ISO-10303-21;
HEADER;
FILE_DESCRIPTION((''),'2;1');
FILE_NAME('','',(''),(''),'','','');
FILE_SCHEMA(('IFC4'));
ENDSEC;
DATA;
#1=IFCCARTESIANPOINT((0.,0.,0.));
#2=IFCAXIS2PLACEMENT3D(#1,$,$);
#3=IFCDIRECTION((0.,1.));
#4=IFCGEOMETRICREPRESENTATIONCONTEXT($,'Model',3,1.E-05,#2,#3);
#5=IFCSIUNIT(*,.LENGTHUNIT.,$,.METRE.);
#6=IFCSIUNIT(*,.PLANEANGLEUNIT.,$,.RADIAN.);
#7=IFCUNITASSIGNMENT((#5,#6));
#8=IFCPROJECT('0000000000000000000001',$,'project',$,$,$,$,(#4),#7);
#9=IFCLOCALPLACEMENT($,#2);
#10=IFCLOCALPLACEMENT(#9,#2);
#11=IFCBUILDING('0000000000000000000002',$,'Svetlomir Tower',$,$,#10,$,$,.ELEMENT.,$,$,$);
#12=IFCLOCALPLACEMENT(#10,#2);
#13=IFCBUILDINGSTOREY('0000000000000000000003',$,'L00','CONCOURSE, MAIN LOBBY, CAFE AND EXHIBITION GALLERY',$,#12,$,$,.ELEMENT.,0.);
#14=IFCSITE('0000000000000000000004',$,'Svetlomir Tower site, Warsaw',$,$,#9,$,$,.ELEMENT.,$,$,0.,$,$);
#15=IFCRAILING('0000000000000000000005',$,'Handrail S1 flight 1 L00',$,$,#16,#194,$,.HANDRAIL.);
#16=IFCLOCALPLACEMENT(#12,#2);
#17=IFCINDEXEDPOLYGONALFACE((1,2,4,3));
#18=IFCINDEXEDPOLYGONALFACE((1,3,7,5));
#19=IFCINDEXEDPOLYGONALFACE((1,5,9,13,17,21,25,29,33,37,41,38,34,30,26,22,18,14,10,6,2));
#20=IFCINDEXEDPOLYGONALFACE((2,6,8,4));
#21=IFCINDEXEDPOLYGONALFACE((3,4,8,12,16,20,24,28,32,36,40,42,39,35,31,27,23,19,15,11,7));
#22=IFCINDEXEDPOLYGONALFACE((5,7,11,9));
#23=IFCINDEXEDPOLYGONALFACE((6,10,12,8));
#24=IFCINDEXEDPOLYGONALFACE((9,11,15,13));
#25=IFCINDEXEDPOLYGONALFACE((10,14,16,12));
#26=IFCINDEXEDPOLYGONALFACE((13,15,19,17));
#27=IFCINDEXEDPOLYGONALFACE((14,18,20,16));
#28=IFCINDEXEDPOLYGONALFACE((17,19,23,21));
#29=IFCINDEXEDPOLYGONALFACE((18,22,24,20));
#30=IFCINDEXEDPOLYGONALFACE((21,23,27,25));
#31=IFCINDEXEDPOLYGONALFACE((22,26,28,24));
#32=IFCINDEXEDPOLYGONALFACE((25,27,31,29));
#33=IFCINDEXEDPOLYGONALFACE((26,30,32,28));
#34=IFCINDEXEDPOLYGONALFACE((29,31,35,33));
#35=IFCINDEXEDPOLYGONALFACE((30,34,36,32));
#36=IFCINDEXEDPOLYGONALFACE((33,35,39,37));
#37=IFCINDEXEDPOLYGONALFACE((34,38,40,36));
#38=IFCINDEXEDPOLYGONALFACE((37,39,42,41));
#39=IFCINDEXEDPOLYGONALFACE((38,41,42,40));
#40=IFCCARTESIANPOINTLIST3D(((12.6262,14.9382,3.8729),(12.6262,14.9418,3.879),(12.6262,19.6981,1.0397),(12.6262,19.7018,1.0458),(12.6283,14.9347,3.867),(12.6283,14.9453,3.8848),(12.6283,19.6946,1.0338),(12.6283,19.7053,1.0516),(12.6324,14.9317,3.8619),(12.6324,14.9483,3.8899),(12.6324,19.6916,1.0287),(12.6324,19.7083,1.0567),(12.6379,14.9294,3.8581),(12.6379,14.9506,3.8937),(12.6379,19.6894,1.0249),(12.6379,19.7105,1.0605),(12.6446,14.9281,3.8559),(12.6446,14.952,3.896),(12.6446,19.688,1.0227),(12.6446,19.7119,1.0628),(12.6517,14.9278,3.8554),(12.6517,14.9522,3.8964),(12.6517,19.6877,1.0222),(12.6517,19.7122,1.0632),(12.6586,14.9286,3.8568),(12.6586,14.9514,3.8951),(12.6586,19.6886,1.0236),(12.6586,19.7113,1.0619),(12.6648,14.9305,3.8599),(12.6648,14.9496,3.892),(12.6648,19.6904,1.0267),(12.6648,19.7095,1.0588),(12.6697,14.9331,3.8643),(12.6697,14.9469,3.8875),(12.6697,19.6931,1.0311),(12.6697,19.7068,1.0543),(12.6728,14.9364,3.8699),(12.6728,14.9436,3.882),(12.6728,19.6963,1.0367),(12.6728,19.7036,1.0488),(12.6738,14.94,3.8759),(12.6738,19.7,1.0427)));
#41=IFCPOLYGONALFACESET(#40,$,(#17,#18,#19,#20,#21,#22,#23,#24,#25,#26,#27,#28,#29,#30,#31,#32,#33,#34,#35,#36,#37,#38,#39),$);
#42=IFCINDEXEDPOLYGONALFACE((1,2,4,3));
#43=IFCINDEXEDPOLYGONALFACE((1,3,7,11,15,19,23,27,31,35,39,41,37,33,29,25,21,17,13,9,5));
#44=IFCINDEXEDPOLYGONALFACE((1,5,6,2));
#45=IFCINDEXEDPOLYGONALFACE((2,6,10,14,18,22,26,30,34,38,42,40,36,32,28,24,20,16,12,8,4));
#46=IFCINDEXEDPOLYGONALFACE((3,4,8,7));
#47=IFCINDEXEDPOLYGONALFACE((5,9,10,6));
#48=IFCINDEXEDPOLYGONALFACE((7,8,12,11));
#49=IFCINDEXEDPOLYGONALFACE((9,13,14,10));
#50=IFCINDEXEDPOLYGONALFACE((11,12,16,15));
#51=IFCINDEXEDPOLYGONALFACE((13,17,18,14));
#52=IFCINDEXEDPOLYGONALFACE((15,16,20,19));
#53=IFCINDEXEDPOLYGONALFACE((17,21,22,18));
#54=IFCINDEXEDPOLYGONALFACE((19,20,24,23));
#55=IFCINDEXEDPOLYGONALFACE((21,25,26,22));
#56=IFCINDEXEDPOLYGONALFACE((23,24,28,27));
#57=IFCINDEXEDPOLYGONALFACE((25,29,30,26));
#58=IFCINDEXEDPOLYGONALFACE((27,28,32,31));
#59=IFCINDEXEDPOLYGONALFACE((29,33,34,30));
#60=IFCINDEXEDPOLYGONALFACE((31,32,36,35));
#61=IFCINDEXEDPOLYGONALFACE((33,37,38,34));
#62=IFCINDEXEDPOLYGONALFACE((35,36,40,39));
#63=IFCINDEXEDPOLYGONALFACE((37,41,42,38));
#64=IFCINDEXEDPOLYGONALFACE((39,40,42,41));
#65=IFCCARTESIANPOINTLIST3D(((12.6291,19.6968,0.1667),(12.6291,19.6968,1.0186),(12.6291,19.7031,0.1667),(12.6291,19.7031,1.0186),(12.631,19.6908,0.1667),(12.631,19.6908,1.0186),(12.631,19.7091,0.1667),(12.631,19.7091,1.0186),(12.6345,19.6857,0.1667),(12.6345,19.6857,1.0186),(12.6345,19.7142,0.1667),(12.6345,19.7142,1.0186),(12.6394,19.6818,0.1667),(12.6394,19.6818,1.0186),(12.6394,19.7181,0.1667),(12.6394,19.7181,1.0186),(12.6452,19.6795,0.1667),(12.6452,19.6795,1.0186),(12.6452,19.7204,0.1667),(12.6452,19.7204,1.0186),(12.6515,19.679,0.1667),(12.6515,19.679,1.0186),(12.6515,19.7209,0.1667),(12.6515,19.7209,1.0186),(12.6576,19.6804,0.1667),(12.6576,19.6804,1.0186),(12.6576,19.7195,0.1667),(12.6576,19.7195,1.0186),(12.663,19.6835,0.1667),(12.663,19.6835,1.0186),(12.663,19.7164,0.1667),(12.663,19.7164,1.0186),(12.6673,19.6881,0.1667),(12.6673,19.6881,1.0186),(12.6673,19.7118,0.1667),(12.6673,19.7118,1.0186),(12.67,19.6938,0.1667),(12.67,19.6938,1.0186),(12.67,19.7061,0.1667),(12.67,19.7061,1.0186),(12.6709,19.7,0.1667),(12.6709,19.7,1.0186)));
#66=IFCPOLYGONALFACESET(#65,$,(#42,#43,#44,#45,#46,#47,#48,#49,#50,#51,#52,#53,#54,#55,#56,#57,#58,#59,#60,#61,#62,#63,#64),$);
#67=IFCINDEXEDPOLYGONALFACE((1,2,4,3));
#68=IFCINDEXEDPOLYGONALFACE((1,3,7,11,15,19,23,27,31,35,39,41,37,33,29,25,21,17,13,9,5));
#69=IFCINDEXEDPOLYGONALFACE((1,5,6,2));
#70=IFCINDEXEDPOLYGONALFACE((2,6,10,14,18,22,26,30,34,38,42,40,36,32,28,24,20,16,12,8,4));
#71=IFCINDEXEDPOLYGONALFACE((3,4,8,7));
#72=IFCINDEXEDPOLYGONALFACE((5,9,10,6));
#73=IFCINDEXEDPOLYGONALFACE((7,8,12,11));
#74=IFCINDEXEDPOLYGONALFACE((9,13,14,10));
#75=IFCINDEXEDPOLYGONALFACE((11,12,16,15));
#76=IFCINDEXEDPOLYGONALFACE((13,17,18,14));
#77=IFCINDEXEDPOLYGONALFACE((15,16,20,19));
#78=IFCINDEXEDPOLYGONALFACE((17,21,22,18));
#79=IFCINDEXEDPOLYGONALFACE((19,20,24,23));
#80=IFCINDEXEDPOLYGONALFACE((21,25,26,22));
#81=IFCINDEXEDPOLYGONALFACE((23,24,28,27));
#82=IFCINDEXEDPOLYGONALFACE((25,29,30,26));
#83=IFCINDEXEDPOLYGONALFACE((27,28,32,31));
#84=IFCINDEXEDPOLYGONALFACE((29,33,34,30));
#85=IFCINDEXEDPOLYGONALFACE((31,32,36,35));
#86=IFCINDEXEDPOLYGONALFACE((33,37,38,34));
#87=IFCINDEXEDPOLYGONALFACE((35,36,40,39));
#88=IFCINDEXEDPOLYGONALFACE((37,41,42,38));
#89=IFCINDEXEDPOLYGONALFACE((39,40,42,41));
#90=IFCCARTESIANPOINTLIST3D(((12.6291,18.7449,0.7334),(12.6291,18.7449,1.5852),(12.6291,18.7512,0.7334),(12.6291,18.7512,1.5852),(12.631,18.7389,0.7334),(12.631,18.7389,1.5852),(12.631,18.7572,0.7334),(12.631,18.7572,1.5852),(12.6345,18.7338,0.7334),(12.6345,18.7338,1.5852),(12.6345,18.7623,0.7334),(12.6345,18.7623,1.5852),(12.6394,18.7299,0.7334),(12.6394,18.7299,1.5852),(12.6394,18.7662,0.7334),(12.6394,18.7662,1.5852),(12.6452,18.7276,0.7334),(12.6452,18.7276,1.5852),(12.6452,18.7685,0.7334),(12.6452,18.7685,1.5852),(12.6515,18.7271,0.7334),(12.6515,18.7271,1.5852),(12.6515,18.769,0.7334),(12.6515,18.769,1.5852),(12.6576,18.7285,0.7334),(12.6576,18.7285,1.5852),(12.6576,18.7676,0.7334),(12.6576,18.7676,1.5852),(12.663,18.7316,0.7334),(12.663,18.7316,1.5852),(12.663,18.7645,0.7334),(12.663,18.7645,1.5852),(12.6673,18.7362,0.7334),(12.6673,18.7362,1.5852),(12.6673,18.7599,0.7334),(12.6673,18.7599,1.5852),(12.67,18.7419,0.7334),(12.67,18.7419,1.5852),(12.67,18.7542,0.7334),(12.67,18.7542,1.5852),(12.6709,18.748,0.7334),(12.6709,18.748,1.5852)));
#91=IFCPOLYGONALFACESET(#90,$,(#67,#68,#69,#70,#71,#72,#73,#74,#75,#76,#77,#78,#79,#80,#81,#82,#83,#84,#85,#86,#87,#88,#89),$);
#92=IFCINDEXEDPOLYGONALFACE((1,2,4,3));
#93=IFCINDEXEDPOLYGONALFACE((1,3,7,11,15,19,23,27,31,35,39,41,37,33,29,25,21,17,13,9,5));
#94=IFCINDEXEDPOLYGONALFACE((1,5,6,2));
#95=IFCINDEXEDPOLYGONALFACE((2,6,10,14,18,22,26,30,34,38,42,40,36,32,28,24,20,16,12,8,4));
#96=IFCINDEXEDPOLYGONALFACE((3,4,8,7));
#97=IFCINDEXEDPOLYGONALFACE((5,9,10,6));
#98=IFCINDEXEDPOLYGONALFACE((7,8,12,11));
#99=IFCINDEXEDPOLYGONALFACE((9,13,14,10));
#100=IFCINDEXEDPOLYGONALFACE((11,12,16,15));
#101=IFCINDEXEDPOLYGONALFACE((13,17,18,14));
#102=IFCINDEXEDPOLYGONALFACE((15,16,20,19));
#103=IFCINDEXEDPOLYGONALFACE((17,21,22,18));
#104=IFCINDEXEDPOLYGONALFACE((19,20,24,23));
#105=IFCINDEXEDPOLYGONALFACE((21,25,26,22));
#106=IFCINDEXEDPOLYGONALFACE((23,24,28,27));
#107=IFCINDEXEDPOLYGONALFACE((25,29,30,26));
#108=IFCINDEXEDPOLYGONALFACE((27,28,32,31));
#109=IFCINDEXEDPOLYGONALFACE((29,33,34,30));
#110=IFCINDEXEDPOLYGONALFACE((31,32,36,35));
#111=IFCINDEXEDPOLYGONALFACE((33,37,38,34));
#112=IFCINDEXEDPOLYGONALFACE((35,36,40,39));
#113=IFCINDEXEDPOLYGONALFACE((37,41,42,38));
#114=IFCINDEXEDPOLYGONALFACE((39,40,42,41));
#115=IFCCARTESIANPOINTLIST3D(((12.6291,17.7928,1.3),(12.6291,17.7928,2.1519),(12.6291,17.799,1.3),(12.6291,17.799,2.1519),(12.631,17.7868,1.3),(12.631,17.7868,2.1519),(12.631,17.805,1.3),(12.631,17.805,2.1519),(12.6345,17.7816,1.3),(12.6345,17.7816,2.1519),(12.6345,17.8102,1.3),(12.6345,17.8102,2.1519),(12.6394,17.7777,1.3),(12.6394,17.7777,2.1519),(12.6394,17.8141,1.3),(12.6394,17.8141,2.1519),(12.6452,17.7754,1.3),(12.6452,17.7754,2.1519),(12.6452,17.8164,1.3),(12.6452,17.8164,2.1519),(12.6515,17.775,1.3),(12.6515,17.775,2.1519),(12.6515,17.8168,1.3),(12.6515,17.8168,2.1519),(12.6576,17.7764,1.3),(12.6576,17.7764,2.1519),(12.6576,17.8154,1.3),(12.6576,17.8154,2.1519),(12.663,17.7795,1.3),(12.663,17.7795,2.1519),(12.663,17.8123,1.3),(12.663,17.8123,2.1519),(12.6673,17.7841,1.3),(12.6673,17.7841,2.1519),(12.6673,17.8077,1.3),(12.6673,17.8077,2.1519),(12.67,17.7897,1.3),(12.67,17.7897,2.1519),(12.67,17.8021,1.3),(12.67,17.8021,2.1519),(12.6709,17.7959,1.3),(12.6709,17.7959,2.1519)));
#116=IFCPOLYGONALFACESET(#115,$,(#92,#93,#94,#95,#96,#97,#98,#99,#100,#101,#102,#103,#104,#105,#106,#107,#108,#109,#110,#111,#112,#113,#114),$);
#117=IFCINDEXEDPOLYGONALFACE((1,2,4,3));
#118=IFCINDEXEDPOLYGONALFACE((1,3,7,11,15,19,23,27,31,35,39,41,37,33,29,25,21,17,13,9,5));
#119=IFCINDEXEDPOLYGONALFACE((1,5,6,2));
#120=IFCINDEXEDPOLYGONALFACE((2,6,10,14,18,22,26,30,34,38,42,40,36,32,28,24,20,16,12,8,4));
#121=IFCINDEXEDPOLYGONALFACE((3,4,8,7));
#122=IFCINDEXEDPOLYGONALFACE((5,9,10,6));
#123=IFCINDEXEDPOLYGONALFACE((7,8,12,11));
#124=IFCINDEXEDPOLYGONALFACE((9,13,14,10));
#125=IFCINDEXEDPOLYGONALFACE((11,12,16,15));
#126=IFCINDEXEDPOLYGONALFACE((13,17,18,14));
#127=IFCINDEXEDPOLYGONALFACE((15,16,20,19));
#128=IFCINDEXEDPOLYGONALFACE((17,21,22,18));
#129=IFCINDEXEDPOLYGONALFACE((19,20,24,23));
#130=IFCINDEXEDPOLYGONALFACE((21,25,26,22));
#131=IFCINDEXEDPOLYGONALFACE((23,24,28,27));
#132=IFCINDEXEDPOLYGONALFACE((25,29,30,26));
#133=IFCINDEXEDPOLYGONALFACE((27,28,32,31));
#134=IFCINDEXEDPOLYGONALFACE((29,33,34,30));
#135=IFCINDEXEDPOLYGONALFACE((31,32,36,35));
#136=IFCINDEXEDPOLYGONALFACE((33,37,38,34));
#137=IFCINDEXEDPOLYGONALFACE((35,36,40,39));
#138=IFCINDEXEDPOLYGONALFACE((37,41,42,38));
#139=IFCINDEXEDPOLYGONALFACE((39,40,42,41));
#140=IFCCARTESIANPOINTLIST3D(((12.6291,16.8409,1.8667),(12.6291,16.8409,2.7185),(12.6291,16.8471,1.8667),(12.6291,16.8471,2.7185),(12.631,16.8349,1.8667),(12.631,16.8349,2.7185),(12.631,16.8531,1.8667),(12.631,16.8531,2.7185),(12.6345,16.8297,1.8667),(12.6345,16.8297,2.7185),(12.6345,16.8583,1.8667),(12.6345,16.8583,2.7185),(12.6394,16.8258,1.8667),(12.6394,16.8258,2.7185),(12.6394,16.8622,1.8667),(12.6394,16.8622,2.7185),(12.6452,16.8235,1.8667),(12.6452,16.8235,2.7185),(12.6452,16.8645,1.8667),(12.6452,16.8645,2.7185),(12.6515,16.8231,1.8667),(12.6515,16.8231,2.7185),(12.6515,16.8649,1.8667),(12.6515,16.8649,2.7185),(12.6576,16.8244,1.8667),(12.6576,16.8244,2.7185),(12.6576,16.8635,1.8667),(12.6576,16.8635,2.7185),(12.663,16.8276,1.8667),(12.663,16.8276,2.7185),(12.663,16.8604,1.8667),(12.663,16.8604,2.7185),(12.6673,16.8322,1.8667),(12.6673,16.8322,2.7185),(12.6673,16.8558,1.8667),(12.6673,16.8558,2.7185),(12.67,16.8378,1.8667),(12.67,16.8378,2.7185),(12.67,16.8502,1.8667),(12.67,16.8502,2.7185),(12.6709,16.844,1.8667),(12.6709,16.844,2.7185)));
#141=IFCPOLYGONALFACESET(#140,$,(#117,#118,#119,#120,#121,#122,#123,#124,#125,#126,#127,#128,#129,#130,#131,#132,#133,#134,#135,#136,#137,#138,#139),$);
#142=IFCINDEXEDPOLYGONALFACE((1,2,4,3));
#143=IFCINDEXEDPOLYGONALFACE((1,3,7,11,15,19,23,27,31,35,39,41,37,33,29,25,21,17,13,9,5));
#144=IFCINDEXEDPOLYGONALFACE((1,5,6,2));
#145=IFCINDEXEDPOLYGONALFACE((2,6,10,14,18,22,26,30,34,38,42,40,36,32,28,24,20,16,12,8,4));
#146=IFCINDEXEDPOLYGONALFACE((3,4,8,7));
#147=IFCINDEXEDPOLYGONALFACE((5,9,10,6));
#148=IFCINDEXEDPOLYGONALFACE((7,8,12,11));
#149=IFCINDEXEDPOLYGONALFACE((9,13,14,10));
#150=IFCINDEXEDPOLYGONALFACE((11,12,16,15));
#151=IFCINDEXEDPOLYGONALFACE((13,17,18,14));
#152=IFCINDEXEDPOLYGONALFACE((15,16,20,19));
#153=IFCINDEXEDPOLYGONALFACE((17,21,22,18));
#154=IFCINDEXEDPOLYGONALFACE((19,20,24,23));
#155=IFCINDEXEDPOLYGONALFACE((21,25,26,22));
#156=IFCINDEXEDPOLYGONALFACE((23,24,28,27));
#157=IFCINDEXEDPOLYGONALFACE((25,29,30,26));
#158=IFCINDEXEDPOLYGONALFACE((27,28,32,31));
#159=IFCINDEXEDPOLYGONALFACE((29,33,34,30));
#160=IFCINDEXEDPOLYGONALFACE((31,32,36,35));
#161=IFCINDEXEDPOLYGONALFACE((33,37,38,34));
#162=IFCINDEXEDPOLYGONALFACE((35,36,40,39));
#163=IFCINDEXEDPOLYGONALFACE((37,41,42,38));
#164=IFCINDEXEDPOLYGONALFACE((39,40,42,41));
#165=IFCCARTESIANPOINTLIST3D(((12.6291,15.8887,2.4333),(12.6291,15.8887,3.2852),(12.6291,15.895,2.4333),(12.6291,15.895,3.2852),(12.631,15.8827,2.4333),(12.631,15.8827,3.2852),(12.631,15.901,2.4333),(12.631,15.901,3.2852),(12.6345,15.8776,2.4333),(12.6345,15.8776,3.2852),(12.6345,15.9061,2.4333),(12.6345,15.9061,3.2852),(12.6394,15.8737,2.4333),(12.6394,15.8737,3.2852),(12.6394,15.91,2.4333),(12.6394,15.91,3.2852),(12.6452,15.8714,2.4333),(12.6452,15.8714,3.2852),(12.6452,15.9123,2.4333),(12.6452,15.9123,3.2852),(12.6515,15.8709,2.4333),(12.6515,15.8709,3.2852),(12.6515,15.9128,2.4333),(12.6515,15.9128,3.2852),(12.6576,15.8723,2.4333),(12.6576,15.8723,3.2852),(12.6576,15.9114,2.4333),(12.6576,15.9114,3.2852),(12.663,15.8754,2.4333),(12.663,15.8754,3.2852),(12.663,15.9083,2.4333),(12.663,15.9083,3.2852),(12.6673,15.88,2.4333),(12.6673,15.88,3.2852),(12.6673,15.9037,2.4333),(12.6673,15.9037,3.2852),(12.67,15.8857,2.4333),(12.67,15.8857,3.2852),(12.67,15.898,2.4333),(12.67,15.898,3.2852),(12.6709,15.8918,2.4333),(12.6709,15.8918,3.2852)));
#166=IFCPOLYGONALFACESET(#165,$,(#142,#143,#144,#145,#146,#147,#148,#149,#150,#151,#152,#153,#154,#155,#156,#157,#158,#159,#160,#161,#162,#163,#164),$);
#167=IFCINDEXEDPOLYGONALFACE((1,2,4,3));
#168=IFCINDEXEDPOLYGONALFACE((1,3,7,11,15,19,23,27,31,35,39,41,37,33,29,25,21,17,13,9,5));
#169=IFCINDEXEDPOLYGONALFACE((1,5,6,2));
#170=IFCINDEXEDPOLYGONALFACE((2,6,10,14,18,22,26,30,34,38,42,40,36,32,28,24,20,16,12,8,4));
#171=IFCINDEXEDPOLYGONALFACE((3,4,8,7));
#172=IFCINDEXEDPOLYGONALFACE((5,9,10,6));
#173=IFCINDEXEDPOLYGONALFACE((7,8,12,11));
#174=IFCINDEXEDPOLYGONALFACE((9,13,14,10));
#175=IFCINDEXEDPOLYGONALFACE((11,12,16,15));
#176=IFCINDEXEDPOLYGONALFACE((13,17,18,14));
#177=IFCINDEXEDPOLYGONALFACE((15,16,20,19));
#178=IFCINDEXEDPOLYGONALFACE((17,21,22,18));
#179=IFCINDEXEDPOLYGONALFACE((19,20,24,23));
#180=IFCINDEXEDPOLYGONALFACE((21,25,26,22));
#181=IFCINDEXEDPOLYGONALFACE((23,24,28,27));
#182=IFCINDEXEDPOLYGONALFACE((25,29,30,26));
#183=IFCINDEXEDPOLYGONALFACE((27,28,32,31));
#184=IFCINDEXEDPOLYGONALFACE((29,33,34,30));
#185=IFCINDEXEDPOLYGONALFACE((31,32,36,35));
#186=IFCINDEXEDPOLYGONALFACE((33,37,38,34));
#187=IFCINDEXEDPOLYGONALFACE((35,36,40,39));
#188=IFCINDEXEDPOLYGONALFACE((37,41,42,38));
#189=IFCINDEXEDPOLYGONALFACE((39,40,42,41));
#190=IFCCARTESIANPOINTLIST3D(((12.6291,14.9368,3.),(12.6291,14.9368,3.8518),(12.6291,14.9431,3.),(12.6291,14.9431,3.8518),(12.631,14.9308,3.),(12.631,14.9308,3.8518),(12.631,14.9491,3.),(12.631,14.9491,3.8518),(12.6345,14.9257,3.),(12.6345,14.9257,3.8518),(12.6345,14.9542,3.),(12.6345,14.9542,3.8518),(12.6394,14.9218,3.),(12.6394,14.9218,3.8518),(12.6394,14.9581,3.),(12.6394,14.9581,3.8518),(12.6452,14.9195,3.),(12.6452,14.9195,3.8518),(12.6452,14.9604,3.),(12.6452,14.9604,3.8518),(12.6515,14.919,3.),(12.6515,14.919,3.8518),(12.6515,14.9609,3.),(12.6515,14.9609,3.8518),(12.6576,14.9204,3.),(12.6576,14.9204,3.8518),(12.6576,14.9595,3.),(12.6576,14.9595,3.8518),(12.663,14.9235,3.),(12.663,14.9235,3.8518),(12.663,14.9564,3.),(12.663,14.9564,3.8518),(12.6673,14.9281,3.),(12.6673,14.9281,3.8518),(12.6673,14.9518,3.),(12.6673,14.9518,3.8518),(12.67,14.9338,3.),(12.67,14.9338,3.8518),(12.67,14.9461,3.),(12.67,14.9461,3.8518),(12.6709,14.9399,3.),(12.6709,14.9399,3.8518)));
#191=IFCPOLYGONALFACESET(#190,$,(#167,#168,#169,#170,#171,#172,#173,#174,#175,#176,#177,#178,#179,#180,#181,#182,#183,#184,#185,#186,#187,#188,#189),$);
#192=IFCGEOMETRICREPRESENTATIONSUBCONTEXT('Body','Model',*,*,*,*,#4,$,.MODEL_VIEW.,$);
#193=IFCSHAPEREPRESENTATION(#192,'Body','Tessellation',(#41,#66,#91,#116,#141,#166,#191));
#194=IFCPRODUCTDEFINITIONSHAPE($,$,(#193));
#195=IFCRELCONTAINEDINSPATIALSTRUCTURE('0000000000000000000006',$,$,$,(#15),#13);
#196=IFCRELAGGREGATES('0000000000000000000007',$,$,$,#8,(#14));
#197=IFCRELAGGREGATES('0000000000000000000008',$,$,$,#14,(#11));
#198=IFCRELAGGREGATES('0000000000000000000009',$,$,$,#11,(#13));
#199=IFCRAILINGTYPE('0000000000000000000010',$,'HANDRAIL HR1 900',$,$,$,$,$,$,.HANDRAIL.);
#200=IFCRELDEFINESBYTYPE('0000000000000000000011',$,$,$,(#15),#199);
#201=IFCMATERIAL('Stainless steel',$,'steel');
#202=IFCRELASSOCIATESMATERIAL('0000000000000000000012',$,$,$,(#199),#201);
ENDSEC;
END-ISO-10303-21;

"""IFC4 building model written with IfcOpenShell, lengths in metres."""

from ifc_helpers import new_model, si_unit, direction, frame, origin, origin_2d, place, context, subcontext, project, spatial, circle, extrude, material, type_object, element, save


model = new_model("IFC4")

# Units and contexts
model_context = context("Model", 3, precision=1e-05, world=origin(), true_north=direction((0.0, 1.0)))
body_context = subcontext(model_context, "Body", "Model", "MODEL_VIEW")
ifc_project = project(units=[si_unit("LENGTHUNIT", "METRE"), si_unit("PLANEANGLEUNIT", "RADIAN")], contexts=[model_context])

# Site, building, storey
site_placement = place(None, origin())
site = spatial("IfcSite", under=ifc_project, at=site_placement, Name="Svetlomir Tower site, Warsaw", CompositionType="ELEMENT", RefElevation=0.0)
building_placement = place(site_placement, origin())
building = spatial("IfcBuilding", under=site, at=building_placement, Name="Svetlomir Tower", CompositionType="ELEMENT")
storey_placement = place(building_placement, origin())
storey = spatial("IfcBuildingStorey", under=building, at=storey_placement, Name="L00", Description="CONCOURSE, MAIN LOBBY, CAFE AND EXHIBITION GALLERY", CompositionType="ELEMENT", Elevation=0.0)

# Railing
ifc_material_1 = material(Name="Stainless steel", Category="steel")
railing_type_1 = type_object("IfcRailingType", Name="HANDRAIL HR1 900", PredefinedType="HANDRAIL", material=ifc_material_1)
railing_1_placement = place(storey_placement, frame((12.6499, 19.7, 0.1667)))
element("IfcRailing", 1, at=railing_1_placement, inside=storey, type_object=railing_type_1, Name="Handrail S1 flight 1 L00", PredefinedType="HANDRAIL", context=body_context, shape_type="SweptSolid", body=[
    extrude(circle(Radius=0.0239, at=origin_2d()), frame((0.0, 0.0, 0.876), z_axis=(0.0, -0.8593, 0.511472), x_axis=(1.0, 0.0, 0.0)), (0.0, 0.0, 1.0), 5.5393),
    extrude(circle(Radius=0.021, at=origin_2d()), origin(), (0.0, 0.0, 1.0), 0.8518),
    extrude(circle(Radius=0.021, at=origin_2d()), frame((0.0, -0.9519, 0.5667)), (0.0, 0.0, 1.0), 0.8518),
    extrude(circle(Radius=0.021, at=origin_2d()), frame((0.0, -1.9041, 1.1333)), (0.0, 0.0, 1.0), 0.8518),
    extrude(circle(Radius=0.021, at=origin_2d()), frame((0.0, -2.856, 1.7)), (0.0, 0.0, 1.0), 0.8518),
    extrude(circle(Radius=0.021, at=origin_2d()), frame((0.0, -3.8081, 2.2666)), (0.0, 0.0, 1.0), 0.8518),
    extrude(circle(Radius=0.021, at=origin_2d()), frame((0.0, -4.76, 2.8333)), (0.0, 0.0, 1.0), 0.8518),
])

save(model, "model.ifc")
